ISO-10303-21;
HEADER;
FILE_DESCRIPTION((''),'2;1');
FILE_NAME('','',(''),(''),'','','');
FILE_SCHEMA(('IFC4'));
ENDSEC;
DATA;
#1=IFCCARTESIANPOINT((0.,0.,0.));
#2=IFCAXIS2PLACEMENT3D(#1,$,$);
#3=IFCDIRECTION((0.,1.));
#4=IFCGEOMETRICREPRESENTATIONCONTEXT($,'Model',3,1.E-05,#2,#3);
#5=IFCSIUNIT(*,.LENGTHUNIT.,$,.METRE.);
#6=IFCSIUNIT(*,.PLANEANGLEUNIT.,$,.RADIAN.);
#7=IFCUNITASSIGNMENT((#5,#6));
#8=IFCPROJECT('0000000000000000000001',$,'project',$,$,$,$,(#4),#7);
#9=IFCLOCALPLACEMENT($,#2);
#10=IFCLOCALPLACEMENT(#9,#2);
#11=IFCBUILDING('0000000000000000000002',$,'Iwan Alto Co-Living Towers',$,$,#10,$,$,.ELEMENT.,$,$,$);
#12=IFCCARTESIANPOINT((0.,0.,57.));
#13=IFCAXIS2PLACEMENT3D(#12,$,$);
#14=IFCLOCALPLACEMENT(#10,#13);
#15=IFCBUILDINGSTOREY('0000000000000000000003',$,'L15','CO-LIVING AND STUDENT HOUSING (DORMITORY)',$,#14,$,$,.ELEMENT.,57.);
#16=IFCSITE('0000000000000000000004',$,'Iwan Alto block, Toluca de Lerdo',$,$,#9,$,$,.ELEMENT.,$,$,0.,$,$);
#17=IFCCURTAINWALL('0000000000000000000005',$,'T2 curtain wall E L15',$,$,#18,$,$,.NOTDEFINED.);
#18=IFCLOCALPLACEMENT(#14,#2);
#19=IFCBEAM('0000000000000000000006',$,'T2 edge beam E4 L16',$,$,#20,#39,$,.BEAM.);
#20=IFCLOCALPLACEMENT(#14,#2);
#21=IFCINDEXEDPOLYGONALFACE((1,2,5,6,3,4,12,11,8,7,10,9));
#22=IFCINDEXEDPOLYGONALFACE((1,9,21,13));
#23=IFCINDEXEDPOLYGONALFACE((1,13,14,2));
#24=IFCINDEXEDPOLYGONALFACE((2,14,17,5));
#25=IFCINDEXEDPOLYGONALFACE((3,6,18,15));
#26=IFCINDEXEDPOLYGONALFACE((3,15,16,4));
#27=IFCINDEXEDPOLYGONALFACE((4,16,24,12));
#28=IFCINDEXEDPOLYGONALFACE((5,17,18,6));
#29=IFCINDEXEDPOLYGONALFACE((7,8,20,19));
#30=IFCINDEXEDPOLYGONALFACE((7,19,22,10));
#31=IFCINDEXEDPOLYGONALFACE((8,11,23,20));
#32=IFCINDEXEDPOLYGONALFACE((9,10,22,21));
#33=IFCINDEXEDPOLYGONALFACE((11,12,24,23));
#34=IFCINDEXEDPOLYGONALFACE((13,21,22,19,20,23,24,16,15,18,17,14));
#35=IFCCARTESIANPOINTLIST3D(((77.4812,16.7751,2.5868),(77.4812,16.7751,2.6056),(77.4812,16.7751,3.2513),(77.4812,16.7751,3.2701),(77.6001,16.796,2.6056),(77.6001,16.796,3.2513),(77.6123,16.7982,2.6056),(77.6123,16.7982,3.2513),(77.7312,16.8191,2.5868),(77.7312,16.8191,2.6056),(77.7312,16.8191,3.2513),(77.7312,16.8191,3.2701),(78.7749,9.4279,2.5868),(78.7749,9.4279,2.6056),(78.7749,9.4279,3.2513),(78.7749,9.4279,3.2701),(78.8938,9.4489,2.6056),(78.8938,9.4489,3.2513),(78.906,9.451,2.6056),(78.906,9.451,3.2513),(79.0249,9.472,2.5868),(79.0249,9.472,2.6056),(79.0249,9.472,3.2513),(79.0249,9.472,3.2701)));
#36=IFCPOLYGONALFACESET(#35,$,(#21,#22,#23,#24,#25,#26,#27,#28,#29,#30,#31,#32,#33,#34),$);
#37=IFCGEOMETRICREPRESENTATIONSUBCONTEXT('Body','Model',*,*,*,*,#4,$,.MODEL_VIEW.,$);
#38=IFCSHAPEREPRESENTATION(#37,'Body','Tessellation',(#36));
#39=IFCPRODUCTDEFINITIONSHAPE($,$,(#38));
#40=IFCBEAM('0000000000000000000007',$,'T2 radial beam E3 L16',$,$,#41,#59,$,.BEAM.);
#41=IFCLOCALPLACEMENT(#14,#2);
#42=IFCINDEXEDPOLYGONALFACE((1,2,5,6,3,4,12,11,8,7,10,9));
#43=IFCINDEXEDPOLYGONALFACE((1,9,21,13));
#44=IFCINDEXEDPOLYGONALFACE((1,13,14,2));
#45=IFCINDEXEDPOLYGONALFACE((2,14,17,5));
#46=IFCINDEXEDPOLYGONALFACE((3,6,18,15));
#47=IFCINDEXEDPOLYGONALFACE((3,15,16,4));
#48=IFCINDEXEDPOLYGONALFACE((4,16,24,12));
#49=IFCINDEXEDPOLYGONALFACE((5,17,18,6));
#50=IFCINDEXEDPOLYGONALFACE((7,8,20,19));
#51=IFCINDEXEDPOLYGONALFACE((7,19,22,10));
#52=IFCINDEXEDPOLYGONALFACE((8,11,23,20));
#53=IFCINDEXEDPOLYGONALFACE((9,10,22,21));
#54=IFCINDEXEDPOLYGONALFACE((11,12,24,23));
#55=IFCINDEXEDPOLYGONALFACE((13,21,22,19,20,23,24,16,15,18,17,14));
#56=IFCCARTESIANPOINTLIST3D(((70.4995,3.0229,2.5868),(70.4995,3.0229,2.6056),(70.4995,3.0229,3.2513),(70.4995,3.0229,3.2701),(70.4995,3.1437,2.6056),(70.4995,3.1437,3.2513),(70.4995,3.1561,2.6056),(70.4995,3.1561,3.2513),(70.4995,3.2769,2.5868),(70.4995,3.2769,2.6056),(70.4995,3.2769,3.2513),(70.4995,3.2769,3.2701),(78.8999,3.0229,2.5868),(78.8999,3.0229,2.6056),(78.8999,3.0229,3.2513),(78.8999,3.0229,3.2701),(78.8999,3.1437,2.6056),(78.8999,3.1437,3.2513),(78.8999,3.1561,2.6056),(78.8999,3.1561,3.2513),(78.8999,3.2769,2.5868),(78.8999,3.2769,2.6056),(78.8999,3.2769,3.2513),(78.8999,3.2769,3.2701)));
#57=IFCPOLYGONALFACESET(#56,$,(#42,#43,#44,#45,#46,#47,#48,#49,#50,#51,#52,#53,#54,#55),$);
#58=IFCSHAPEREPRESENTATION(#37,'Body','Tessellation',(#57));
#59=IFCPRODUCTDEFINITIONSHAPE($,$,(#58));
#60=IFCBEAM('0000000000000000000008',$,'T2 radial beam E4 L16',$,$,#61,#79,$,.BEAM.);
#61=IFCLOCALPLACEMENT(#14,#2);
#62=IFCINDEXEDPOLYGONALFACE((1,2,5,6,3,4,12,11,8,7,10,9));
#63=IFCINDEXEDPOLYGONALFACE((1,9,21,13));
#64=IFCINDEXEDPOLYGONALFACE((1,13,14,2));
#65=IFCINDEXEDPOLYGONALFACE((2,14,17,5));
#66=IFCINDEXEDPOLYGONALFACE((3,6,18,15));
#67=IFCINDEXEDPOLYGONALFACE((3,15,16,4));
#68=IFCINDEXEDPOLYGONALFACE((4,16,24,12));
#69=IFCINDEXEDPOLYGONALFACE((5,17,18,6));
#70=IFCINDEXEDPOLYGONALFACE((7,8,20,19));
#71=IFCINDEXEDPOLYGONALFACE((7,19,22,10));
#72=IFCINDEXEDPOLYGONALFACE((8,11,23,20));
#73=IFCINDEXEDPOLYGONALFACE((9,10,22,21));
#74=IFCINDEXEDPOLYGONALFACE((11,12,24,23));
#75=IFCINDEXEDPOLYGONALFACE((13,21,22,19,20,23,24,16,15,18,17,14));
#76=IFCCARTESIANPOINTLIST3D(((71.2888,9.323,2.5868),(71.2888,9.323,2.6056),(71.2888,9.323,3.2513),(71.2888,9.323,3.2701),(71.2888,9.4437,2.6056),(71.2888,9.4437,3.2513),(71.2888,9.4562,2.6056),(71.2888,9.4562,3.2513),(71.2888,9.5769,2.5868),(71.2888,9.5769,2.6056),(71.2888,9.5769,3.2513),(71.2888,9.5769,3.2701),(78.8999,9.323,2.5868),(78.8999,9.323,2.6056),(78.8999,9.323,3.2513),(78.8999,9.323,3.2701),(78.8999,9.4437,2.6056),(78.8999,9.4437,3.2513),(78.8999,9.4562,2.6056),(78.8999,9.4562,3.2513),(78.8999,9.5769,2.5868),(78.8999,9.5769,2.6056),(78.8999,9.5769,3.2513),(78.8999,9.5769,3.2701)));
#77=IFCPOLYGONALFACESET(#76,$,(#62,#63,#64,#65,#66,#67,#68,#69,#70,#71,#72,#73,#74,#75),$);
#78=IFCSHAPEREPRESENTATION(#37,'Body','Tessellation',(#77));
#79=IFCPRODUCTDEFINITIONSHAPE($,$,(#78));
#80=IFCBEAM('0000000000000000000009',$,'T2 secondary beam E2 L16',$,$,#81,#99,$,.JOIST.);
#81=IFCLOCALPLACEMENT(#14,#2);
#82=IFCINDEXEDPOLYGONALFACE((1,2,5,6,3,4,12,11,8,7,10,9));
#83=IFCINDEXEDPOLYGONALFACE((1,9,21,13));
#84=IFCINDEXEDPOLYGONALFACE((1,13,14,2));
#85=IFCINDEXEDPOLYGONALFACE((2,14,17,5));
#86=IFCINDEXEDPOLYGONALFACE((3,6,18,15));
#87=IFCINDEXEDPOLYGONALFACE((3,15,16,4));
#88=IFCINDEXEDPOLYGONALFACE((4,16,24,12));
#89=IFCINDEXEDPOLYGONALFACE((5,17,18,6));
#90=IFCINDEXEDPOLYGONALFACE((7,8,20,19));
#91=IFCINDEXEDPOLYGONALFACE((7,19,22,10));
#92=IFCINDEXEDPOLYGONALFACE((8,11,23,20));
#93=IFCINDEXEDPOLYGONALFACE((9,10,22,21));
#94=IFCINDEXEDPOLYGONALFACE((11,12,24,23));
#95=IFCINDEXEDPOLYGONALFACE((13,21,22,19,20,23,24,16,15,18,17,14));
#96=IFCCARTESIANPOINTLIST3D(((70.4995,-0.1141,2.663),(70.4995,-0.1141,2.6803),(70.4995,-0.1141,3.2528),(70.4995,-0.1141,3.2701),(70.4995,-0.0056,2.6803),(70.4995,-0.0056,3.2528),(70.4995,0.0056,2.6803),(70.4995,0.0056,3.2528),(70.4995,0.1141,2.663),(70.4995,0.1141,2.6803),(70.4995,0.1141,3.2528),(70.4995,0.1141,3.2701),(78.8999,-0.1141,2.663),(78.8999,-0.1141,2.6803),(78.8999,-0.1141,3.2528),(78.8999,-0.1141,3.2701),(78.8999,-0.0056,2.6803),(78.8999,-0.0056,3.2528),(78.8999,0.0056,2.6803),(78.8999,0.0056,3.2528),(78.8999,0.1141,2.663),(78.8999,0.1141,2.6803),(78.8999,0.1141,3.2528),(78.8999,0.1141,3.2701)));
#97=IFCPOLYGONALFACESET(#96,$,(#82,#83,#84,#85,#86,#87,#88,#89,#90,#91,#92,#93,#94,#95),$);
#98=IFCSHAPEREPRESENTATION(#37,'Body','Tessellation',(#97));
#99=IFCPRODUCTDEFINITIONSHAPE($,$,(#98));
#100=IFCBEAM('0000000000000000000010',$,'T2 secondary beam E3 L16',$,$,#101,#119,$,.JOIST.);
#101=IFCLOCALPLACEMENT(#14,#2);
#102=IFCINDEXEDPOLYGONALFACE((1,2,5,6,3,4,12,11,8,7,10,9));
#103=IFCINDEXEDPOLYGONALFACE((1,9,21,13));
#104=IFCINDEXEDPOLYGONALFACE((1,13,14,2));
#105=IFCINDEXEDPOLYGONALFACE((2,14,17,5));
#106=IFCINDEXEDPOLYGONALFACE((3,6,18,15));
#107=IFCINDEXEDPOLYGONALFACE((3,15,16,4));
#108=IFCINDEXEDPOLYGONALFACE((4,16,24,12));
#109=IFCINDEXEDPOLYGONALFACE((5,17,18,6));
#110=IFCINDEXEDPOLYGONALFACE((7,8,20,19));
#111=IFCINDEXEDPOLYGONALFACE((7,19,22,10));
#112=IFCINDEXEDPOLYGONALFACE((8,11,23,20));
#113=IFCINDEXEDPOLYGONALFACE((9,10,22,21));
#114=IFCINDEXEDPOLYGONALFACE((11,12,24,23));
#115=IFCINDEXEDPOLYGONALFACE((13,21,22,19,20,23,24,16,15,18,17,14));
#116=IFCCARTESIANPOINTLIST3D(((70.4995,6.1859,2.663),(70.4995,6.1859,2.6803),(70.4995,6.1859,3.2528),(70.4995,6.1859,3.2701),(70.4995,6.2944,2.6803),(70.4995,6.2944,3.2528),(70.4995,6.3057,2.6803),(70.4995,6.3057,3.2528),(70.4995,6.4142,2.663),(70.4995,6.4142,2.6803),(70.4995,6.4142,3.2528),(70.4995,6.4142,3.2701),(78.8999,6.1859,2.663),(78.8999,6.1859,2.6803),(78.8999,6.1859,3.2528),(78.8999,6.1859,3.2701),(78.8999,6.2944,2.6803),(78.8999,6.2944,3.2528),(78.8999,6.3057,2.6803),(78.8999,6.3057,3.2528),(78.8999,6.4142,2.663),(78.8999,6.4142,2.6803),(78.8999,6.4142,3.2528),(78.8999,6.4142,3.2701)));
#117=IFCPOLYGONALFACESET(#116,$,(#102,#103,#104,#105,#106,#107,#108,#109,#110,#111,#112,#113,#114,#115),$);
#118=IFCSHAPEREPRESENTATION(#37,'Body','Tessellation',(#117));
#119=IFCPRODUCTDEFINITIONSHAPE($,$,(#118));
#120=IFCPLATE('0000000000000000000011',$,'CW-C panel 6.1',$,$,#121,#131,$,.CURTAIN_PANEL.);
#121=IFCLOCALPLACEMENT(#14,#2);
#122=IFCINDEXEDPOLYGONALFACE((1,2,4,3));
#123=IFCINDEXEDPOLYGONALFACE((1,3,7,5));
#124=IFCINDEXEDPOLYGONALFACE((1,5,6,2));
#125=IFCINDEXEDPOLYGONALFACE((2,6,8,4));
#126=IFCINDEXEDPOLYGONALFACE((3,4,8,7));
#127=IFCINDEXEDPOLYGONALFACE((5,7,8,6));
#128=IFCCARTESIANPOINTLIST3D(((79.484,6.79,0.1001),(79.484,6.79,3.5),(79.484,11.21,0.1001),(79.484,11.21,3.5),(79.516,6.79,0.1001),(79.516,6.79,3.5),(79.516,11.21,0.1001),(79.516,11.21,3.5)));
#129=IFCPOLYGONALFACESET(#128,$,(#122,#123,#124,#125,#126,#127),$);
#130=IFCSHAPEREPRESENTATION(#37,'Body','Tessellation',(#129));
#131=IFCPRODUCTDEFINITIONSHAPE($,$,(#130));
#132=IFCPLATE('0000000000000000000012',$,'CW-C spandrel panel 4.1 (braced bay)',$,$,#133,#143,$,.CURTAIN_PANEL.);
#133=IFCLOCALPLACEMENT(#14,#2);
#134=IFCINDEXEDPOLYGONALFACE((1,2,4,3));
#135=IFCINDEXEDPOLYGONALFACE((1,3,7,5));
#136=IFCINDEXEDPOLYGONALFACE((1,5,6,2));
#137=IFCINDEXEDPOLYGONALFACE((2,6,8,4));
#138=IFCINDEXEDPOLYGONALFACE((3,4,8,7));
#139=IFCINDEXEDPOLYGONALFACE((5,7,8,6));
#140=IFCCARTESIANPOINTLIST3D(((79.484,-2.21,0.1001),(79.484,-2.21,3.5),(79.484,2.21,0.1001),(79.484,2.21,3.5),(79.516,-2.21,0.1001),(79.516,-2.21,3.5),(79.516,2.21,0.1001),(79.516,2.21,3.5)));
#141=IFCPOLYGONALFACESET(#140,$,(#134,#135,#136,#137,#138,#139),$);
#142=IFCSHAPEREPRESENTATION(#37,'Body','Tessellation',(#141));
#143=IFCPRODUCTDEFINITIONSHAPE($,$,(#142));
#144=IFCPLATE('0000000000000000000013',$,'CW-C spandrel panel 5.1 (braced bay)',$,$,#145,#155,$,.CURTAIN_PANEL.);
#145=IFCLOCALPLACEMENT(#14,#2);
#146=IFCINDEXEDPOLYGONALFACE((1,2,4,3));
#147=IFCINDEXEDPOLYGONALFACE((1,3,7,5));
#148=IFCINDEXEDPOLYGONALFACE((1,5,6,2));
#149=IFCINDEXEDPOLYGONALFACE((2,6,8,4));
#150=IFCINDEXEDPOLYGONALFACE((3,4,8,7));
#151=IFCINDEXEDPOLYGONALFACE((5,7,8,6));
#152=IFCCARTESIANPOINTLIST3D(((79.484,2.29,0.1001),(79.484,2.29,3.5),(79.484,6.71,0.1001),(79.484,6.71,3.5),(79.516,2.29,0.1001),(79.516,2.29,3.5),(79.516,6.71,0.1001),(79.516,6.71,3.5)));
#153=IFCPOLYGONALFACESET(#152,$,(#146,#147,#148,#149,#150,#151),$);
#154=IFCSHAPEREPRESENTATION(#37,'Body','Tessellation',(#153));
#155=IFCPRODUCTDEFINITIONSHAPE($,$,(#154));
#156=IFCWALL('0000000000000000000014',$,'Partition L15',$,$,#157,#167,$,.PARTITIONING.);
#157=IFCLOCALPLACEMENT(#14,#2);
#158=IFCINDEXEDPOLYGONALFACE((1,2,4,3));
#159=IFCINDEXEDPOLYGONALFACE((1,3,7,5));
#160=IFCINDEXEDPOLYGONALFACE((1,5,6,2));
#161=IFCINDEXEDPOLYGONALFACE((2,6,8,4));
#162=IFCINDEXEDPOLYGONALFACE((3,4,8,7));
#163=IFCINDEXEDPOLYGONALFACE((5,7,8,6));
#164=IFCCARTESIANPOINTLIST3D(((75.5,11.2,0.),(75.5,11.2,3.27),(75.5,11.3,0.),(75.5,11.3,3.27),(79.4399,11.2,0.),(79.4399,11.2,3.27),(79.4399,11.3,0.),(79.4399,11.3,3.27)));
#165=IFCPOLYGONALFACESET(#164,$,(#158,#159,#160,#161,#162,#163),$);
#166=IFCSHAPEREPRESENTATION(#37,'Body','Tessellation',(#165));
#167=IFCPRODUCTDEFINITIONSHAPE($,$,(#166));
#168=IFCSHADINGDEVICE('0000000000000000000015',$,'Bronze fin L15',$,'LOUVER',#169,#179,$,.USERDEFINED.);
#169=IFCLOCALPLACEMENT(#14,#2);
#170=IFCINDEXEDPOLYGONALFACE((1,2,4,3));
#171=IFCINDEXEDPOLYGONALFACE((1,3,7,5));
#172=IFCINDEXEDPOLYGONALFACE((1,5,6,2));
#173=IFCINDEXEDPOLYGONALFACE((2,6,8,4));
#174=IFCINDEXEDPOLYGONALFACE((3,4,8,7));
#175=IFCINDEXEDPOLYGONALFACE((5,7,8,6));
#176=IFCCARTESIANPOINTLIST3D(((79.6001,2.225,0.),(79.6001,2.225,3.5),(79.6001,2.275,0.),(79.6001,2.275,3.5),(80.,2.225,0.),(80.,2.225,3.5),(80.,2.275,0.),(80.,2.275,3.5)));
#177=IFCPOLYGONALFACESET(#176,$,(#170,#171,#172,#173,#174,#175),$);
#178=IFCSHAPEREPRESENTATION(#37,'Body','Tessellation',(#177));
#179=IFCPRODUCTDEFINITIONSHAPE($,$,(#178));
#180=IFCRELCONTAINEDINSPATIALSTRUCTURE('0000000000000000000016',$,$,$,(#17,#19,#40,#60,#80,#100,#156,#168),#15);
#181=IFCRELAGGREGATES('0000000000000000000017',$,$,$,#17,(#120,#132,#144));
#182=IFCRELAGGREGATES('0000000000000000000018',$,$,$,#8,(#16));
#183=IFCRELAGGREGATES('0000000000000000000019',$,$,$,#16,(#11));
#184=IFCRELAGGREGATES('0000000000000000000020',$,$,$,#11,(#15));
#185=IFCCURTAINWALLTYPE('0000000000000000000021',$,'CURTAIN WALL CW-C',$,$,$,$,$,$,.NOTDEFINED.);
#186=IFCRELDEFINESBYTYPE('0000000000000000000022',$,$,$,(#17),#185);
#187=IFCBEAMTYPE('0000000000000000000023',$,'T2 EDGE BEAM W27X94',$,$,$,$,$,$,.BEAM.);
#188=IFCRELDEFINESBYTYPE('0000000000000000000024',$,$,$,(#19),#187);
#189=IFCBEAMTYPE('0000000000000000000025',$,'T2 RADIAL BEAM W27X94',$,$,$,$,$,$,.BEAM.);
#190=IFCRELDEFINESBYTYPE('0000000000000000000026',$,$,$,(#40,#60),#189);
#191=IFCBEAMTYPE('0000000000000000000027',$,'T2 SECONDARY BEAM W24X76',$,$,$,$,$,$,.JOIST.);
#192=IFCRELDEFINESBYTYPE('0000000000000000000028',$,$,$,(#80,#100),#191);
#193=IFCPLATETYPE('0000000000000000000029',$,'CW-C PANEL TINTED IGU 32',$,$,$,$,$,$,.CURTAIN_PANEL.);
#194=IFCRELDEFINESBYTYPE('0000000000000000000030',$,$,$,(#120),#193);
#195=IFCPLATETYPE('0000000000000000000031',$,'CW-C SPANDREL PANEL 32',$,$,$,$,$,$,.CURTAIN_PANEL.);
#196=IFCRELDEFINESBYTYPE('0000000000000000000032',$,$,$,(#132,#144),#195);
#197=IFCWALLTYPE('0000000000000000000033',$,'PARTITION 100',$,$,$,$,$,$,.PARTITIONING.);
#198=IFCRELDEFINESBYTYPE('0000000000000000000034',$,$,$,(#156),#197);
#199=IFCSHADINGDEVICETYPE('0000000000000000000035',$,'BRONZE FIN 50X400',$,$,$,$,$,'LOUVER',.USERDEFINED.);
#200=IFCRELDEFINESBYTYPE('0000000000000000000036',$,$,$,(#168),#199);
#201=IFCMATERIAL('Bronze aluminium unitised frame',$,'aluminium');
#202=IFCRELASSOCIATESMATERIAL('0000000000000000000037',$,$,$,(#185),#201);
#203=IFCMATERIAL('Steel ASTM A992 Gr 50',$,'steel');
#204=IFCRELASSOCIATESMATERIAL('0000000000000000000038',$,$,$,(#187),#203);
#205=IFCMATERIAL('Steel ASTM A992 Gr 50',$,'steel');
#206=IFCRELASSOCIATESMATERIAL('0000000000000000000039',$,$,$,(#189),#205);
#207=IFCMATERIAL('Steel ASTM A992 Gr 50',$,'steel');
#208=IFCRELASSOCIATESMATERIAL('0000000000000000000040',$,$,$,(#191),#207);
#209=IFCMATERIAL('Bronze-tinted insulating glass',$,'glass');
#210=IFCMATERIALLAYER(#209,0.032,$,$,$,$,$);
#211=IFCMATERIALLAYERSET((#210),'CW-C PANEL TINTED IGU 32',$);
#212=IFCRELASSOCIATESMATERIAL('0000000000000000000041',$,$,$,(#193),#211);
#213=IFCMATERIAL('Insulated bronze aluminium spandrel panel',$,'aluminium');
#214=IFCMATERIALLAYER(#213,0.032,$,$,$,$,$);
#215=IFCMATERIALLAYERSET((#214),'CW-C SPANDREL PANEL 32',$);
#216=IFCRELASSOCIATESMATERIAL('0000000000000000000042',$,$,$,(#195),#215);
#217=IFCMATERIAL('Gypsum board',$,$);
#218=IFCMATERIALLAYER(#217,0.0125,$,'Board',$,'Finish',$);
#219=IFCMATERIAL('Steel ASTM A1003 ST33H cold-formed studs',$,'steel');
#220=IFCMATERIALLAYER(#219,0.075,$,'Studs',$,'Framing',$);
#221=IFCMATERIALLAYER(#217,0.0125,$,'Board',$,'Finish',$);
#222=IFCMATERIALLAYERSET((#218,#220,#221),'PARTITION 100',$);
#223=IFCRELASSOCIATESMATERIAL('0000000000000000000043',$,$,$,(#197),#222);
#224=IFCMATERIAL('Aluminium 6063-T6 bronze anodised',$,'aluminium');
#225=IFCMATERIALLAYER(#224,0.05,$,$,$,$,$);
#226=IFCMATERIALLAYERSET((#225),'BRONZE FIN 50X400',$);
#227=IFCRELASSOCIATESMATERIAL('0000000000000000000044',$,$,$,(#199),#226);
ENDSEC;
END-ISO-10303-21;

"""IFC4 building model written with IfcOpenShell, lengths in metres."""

from ifc_helpers import new_model, si_unit, direction, frame, frame_2d, origin, origin_2d, place, context, subcontext, project, spatial, rectangle, i_section, extrude, material, layer, layer_set, material_profile, profile_set, type_object, element, aggregate, save


model = new_model("IFC4")

# Units and contexts
model_context = context("Model", 3, precision=1e-05, world=origin(), true_north=direction((0.0, 1.0)))
body_context = subcontext(model_context, "Body", "Model", "MODEL_VIEW")
ifc_project = project(units=[si_unit("LENGTHUNIT", "METRE"), si_unit("PLANEANGLEUNIT", "RADIAN")], contexts=[model_context])

# Site, building, storey
site_placement = place(None, origin())
site = spatial("IfcSite", under=ifc_project, at=site_placement, Name="Iwan Alto block, Toluca de Lerdo", CompositionType="ELEMENT", RefElevation=0.0)
building_placement = place(site_placement, origin())
building = spatial("IfcBuilding", under=site, at=building_placement, Name="Iwan Alto Co-Living Towers", CompositionType="ELEMENT")
storey_placement = place(building_placement, frame((0.0, 0.0, 57.0)))
storey = spatial("IfcBuildingStorey", under=building, at=storey_placement, Name="L15", Description="CO-LIVING AND STUDENT HOUSING (DORMITORY)", CompositionType="ELEMENT", Elevation=57.0)

# Curtain wall
ifc_material_1 = material(Name="Bronze aluminium unitised frame", Category="aluminium")
curtain_wall_type = type_object("IfcCurtainWallType", Name="CURTAIN WALL CW-C", PredefinedType="NOTDEFINED", material=ifc_material_1)
curtain_wall_placement = place(storey_placement, origin())
curtain_wall = element("IfcCurtainWall", 1, at=curtain_wall_placement, inside=storey, type_object=curtain_wall_type, Name="T2 curtain wall E L15", PredefinedType="NOTDEFINED")

# Beams
ifc_material_2 = material(Name="Steel ASTM A992 Gr 50", Category="steel")
ifc_material_profile_1 = material_profile(ifc_material_2, i_section(OverallWidth=0.2539, OverallDepth=0.6833, WebThickness=0.0125, FlangeThickness=0.0188, at=origin_2d()), Name="W27X94")
ifc_profile_set_1 = profile_set([ifc_material_profile_1], Name="Steel ASTM A992 Gr 50")
beam_type_1 = type_object("IfcBeamType", Name="T2 EDGE BEAM W27X94", PredefinedType="BEAM", material=ifc_profile_set_1)
beam_1_placement = place(storey_placement, frame((78.8999, 9.45, 2.9285), z_axis=(-0.173414, 0.984849, 0.0), x_axis=(-0.984849, -0.173414, 0.0)))
element("IfcBeam", 2, at=beam_1_placement, inside=storey, type_object=beam_type_1, Name="T2 edge beam E4 L16", PredefinedType="BEAM", context=body_context, shape_type="SweptSolid", body=[
    extrude(i_section(OverallWidth=0.2539, OverallDepth=0.6833, WebThickness=0.0125, FlangeThickness=0.0188, at=origin_2d()), origin(), (0.0, 0.0, 1.0), 7.4602),
])
ifc_material_3 = material(Name="Steel ASTM A992 Gr 50", Category="steel")
ifc_material_profile_2 = material_profile(ifc_material_3, i_section(OverallWidth=0.2539, OverallDepth=0.6833, WebThickness=0.0125, FlangeThickness=0.0188, at=origin_2d()), Name="W27X94")
ifc_profile_set_2 = profile_set([ifc_material_profile_2], Name="Steel ASTM A992 Gr 50")
beam_type_2 = type_object("IfcBeamType", Name="T2 RADIAL BEAM W27X94", PredefinedType="BEAM", material=ifc_profile_set_2)
beam_2_placement = place(storey_placement, frame((78.8999, 3.1499, 2.9285), z_axis=(-1.0, 0.0, 0.0), x_axis=(0.0, -1.0, 0.0)))
element("IfcBeam", 3, at=beam_2_placement, inside=storey, type_object=beam_type_2, Name="T2 radial beam E3 L16", PredefinedType="BEAM", context=body_context, shape_type="SweptSolid", body=[
    extrude(i_section(OverallWidth=0.2539, OverallDepth=0.6833, WebThickness=0.0125, FlangeThickness=0.0188, at=origin_2d()), origin(), (0.0, 0.0, 1.0), 8.4004),
])
beam_3_placement = place(storey_placement, frame((78.8999, 9.45, 2.9285), z_axis=(-1.0, 0.0, 0.0), x_axis=(0.0, -1.0, 0.0)))
element("IfcBeam", 4, at=beam_3_placement, inside=storey, type_object=beam_type_2, Name="T2 radial beam E4 L16", PredefinedType="BEAM", context=body_context, shape_type="SweptSolid", body=[
    extrude(i_section(OverallWidth=0.2539, OverallDepth=0.6833, WebThickness=0.0125, FlangeThickness=0.0188, at=origin_2d()), origin(), (0.0, 0.0, 1.0), 7.6111),
])
ifc_material_4 = material(Name="Steel ASTM A992 Gr 50", Category="steel")
ifc_material_profile_3 = material_profile(ifc_material_4, i_section(OverallWidth=0.2283, OverallDepth=0.6072, WebThickness=0.0112, FlangeThickness=0.0173, at=origin_2d()), Name="W24X76")
ifc_profile_set_3 = profile_set([ifc_material_profile_3], Name="Steel ASTM A992 Gr 50")
beam_type_3 = type_object("IfcBeamType", Name="T2 SECONDARY BEAM W24X76", PredefinedType="JOIST", material=ifc_profile_set_3)
for number, where, z_axis, x_axis, name in (
    (5, (78.8999, 0.0, 2.9666), (-1.0, 0.0, 0.0), (0.0, -1.0, 0.0), "T2 secondary beam E2 L16"),
    (6, (78.8999, 6.3, 2.9666), (-1.0, 0.0, 0.0), (0.0, -1.0, 0.0), "T2 secondary beam E3 L16"),
):
    element("IfcBeam", number, at=place(storey_placement, frame(where, z_axis=z_axis, x_axis=x_axis)), inside=storey, type_object=beam_type_3, Name=name, PredefinedType="JOIST", context=body_context, shape_type="SweptSolid", body=[
        extrude(i_section(OverallWidth=0.2283, OverallDepth=0.6072, WebThickness=0.0112, FlangeThickness=0.0173, at=origin_2d()), origin(), (0.0, 0.0, 1.0), 8.4004),
    ])

# Plates
ifc_material_5 = material(Name="Bronze-tinted insulating glass", Category="glass")
ifc_layer_1 = layer(ifc_material_5, 0.032)
ifc_layer_set_1 = layer_set([ifc_layer_1], Name="CW-C PANEL TINTED IGU 32")
plate_type_1 = type_object("IfcPlateType", Name="CW-C PANEL TINTED IGU 32", PredefinedType="CURTAIN_PANEL", material=ifc_layer_set_1)
plate_1_placement = place(storey_placement, frame((79.5, 9.0, 0.1001), z_axis=(0.0, 0.0, 1.0), x_axis=(0.0, 1.0, 0.0)))
plate_1 = element("IfcPlate", 7, at=plate_1_placement, type_object=plate_type_1, Name="CW-C panel 6.1", PredefinedType="CURTAIN_PANEL", context=body_context, shape_type="SweptSolid", body=[
    extrude(rectangle(XDim=4.4199, YDim=0.032, at=origin_2d()), origin(), (0.0, 0.0, 1.0), 3.3999),
])
ifc_material_6 = material(Name="Insulated bronze aluminium spandrel panel", Category="aluminium")
ifc_layer_2 = layer(ifc_material_6, 0.032)
ifc_layer_set_2 = layer_set([ifc_layer_2], Name="CW-C SPANDREL PANEL 32")
plate_type_2 = type_object("IfcPlateType", Name="CW-C SPANDREL PANEL 32", PredefinedType="CURTAIN_PANEL", material=ifc_layer_set_2)
plate_2_placement = place(storey_placement, frame((79.5, 0.0, 0.1001), z_axis=(0.0, 0.0, 1.0), x_axis=(0.0, 1.0, 0.0)))
plate_2 = element("IfcPlate", 8, at=plate_2_placement, type_object=plate_type_2, Name="CW-C spandrel panel 4.1 (braced bay)", PredefinedType="CURTAIN_PANEL", context=body_context, shape_type="SweptSolid", body=[
    extrude(rectangle(XDim=4.4199, YDim=0.032, at=origin_2d()), origin(), (0.0, 0.0, 1.0), 3.3999),
])
plate_3_placement = place(storey_placement, frame((79.5, 4.5, 0.1001), z_axis=(0.0, 0.0, 1.0), x_axis=(0.0, 1.0, 0.0)))
plate_3 = element("IfcPlate", 9, at=plate_3_placement, type_object=plate_type_2, Name="CW-C spandrel panel 5.1 (braced bay)", PredefinedType="CURTAIN_PANEL", context=body_context, shape_type="SweptSolid", body=[
    extrude(rectangle(XDim=4.4199, YDim=0.032, at=origin_2d()), origin(), (0.0, 0.0, 1.0), 3.3999),
])
aggregate(curtain_wall, [plate_1, plate_2, plate_3])

# Wall
ifc_material_7 = material(Name="Gypsum board")
ifc_layer_3 = layer(ifc_material_7, 0.0125, Name="Board", Category="Finish")
ifc_material_8 = material(Name="Steel ASTM A1003 ST33H cold-formed studs", Category="steel")
ifc_layer_4 = layer(ifc_material_8, 0.075, Name="Studs", Category="Framing")
ifc_layer_5 = layer(ifc_material_7, 0.0125, Name="Board", Category="Finish")
ifc_layer_set_3 = layer_set([ifc_layer_3, ifc_layer_4, ifc_layer_5], Name="PARTITION 100")
wall_type = type_object("IfcWallType", Name="PARTITION 100", PredefinedType="PARTITIONING", material=ifc_layer_set_3)
wall_placement = place(storey_placement, frame((75.5, 11.25, 0.0), z_axis=(0.0, 0.0, 1.0), x_axis=(1.0, 0.0, 0.0)))
element("IfcWall", 10, at=wall_placement, inside=storey, type_object=wall_type, Name="Partition L15", PredefinedType="PARTITIONING", context=body_context, shape_type="SweptSolid", body=[
    extrude(rectangle(XDim=3.9399, YDim=0.1001, at=frame_2d((1.97, 0.0))), origin(), (0.0, 0.0, 1.0), 3.27),
])

# Shading device
ifc_material_9 = material(Name="Aluminium 6063-T6 bronze anodised", Category="aluminium")
ifc_layer_6 = layer(ifc_material_9, 0.05)
ifc_layer_set_4 = layer_set([ifc_layer_6], Name="BRONZE FIN 50X400")
shading_device_type = type_object("IfcShadingDeviceType", Name="BRONZE FIN 50X400", ElementType="LOUVER", PredefinedType="USERDEFINED", material=ifc_layer_set_4)
for number, where, z_axis, x_axis, name in (
    (11, (79.8, 2.25, 0.0), (0.0, 0.0, 1.0), (0.0, 1.0, 0.0), "Bronze fin L15"),
):
    element("IfcShadingDevice", number, at=place(storey_placement, frame(where, z_axis=z_axis, x_axis=x_axis)), inside=storey, type_object=shading_device_type, Name=name, ObjectType="LOUVER", PredefinedType="USERDEFINED", context=body_context, shape_type="SweptSolid", body=[
        extrude(rectangle(XDim=0.05, YDim=0.3999, at=origin_2d()), origin(), (0.0, 0.0, 1.0), 3.5),
    ])

save(model, "model.ifc")
